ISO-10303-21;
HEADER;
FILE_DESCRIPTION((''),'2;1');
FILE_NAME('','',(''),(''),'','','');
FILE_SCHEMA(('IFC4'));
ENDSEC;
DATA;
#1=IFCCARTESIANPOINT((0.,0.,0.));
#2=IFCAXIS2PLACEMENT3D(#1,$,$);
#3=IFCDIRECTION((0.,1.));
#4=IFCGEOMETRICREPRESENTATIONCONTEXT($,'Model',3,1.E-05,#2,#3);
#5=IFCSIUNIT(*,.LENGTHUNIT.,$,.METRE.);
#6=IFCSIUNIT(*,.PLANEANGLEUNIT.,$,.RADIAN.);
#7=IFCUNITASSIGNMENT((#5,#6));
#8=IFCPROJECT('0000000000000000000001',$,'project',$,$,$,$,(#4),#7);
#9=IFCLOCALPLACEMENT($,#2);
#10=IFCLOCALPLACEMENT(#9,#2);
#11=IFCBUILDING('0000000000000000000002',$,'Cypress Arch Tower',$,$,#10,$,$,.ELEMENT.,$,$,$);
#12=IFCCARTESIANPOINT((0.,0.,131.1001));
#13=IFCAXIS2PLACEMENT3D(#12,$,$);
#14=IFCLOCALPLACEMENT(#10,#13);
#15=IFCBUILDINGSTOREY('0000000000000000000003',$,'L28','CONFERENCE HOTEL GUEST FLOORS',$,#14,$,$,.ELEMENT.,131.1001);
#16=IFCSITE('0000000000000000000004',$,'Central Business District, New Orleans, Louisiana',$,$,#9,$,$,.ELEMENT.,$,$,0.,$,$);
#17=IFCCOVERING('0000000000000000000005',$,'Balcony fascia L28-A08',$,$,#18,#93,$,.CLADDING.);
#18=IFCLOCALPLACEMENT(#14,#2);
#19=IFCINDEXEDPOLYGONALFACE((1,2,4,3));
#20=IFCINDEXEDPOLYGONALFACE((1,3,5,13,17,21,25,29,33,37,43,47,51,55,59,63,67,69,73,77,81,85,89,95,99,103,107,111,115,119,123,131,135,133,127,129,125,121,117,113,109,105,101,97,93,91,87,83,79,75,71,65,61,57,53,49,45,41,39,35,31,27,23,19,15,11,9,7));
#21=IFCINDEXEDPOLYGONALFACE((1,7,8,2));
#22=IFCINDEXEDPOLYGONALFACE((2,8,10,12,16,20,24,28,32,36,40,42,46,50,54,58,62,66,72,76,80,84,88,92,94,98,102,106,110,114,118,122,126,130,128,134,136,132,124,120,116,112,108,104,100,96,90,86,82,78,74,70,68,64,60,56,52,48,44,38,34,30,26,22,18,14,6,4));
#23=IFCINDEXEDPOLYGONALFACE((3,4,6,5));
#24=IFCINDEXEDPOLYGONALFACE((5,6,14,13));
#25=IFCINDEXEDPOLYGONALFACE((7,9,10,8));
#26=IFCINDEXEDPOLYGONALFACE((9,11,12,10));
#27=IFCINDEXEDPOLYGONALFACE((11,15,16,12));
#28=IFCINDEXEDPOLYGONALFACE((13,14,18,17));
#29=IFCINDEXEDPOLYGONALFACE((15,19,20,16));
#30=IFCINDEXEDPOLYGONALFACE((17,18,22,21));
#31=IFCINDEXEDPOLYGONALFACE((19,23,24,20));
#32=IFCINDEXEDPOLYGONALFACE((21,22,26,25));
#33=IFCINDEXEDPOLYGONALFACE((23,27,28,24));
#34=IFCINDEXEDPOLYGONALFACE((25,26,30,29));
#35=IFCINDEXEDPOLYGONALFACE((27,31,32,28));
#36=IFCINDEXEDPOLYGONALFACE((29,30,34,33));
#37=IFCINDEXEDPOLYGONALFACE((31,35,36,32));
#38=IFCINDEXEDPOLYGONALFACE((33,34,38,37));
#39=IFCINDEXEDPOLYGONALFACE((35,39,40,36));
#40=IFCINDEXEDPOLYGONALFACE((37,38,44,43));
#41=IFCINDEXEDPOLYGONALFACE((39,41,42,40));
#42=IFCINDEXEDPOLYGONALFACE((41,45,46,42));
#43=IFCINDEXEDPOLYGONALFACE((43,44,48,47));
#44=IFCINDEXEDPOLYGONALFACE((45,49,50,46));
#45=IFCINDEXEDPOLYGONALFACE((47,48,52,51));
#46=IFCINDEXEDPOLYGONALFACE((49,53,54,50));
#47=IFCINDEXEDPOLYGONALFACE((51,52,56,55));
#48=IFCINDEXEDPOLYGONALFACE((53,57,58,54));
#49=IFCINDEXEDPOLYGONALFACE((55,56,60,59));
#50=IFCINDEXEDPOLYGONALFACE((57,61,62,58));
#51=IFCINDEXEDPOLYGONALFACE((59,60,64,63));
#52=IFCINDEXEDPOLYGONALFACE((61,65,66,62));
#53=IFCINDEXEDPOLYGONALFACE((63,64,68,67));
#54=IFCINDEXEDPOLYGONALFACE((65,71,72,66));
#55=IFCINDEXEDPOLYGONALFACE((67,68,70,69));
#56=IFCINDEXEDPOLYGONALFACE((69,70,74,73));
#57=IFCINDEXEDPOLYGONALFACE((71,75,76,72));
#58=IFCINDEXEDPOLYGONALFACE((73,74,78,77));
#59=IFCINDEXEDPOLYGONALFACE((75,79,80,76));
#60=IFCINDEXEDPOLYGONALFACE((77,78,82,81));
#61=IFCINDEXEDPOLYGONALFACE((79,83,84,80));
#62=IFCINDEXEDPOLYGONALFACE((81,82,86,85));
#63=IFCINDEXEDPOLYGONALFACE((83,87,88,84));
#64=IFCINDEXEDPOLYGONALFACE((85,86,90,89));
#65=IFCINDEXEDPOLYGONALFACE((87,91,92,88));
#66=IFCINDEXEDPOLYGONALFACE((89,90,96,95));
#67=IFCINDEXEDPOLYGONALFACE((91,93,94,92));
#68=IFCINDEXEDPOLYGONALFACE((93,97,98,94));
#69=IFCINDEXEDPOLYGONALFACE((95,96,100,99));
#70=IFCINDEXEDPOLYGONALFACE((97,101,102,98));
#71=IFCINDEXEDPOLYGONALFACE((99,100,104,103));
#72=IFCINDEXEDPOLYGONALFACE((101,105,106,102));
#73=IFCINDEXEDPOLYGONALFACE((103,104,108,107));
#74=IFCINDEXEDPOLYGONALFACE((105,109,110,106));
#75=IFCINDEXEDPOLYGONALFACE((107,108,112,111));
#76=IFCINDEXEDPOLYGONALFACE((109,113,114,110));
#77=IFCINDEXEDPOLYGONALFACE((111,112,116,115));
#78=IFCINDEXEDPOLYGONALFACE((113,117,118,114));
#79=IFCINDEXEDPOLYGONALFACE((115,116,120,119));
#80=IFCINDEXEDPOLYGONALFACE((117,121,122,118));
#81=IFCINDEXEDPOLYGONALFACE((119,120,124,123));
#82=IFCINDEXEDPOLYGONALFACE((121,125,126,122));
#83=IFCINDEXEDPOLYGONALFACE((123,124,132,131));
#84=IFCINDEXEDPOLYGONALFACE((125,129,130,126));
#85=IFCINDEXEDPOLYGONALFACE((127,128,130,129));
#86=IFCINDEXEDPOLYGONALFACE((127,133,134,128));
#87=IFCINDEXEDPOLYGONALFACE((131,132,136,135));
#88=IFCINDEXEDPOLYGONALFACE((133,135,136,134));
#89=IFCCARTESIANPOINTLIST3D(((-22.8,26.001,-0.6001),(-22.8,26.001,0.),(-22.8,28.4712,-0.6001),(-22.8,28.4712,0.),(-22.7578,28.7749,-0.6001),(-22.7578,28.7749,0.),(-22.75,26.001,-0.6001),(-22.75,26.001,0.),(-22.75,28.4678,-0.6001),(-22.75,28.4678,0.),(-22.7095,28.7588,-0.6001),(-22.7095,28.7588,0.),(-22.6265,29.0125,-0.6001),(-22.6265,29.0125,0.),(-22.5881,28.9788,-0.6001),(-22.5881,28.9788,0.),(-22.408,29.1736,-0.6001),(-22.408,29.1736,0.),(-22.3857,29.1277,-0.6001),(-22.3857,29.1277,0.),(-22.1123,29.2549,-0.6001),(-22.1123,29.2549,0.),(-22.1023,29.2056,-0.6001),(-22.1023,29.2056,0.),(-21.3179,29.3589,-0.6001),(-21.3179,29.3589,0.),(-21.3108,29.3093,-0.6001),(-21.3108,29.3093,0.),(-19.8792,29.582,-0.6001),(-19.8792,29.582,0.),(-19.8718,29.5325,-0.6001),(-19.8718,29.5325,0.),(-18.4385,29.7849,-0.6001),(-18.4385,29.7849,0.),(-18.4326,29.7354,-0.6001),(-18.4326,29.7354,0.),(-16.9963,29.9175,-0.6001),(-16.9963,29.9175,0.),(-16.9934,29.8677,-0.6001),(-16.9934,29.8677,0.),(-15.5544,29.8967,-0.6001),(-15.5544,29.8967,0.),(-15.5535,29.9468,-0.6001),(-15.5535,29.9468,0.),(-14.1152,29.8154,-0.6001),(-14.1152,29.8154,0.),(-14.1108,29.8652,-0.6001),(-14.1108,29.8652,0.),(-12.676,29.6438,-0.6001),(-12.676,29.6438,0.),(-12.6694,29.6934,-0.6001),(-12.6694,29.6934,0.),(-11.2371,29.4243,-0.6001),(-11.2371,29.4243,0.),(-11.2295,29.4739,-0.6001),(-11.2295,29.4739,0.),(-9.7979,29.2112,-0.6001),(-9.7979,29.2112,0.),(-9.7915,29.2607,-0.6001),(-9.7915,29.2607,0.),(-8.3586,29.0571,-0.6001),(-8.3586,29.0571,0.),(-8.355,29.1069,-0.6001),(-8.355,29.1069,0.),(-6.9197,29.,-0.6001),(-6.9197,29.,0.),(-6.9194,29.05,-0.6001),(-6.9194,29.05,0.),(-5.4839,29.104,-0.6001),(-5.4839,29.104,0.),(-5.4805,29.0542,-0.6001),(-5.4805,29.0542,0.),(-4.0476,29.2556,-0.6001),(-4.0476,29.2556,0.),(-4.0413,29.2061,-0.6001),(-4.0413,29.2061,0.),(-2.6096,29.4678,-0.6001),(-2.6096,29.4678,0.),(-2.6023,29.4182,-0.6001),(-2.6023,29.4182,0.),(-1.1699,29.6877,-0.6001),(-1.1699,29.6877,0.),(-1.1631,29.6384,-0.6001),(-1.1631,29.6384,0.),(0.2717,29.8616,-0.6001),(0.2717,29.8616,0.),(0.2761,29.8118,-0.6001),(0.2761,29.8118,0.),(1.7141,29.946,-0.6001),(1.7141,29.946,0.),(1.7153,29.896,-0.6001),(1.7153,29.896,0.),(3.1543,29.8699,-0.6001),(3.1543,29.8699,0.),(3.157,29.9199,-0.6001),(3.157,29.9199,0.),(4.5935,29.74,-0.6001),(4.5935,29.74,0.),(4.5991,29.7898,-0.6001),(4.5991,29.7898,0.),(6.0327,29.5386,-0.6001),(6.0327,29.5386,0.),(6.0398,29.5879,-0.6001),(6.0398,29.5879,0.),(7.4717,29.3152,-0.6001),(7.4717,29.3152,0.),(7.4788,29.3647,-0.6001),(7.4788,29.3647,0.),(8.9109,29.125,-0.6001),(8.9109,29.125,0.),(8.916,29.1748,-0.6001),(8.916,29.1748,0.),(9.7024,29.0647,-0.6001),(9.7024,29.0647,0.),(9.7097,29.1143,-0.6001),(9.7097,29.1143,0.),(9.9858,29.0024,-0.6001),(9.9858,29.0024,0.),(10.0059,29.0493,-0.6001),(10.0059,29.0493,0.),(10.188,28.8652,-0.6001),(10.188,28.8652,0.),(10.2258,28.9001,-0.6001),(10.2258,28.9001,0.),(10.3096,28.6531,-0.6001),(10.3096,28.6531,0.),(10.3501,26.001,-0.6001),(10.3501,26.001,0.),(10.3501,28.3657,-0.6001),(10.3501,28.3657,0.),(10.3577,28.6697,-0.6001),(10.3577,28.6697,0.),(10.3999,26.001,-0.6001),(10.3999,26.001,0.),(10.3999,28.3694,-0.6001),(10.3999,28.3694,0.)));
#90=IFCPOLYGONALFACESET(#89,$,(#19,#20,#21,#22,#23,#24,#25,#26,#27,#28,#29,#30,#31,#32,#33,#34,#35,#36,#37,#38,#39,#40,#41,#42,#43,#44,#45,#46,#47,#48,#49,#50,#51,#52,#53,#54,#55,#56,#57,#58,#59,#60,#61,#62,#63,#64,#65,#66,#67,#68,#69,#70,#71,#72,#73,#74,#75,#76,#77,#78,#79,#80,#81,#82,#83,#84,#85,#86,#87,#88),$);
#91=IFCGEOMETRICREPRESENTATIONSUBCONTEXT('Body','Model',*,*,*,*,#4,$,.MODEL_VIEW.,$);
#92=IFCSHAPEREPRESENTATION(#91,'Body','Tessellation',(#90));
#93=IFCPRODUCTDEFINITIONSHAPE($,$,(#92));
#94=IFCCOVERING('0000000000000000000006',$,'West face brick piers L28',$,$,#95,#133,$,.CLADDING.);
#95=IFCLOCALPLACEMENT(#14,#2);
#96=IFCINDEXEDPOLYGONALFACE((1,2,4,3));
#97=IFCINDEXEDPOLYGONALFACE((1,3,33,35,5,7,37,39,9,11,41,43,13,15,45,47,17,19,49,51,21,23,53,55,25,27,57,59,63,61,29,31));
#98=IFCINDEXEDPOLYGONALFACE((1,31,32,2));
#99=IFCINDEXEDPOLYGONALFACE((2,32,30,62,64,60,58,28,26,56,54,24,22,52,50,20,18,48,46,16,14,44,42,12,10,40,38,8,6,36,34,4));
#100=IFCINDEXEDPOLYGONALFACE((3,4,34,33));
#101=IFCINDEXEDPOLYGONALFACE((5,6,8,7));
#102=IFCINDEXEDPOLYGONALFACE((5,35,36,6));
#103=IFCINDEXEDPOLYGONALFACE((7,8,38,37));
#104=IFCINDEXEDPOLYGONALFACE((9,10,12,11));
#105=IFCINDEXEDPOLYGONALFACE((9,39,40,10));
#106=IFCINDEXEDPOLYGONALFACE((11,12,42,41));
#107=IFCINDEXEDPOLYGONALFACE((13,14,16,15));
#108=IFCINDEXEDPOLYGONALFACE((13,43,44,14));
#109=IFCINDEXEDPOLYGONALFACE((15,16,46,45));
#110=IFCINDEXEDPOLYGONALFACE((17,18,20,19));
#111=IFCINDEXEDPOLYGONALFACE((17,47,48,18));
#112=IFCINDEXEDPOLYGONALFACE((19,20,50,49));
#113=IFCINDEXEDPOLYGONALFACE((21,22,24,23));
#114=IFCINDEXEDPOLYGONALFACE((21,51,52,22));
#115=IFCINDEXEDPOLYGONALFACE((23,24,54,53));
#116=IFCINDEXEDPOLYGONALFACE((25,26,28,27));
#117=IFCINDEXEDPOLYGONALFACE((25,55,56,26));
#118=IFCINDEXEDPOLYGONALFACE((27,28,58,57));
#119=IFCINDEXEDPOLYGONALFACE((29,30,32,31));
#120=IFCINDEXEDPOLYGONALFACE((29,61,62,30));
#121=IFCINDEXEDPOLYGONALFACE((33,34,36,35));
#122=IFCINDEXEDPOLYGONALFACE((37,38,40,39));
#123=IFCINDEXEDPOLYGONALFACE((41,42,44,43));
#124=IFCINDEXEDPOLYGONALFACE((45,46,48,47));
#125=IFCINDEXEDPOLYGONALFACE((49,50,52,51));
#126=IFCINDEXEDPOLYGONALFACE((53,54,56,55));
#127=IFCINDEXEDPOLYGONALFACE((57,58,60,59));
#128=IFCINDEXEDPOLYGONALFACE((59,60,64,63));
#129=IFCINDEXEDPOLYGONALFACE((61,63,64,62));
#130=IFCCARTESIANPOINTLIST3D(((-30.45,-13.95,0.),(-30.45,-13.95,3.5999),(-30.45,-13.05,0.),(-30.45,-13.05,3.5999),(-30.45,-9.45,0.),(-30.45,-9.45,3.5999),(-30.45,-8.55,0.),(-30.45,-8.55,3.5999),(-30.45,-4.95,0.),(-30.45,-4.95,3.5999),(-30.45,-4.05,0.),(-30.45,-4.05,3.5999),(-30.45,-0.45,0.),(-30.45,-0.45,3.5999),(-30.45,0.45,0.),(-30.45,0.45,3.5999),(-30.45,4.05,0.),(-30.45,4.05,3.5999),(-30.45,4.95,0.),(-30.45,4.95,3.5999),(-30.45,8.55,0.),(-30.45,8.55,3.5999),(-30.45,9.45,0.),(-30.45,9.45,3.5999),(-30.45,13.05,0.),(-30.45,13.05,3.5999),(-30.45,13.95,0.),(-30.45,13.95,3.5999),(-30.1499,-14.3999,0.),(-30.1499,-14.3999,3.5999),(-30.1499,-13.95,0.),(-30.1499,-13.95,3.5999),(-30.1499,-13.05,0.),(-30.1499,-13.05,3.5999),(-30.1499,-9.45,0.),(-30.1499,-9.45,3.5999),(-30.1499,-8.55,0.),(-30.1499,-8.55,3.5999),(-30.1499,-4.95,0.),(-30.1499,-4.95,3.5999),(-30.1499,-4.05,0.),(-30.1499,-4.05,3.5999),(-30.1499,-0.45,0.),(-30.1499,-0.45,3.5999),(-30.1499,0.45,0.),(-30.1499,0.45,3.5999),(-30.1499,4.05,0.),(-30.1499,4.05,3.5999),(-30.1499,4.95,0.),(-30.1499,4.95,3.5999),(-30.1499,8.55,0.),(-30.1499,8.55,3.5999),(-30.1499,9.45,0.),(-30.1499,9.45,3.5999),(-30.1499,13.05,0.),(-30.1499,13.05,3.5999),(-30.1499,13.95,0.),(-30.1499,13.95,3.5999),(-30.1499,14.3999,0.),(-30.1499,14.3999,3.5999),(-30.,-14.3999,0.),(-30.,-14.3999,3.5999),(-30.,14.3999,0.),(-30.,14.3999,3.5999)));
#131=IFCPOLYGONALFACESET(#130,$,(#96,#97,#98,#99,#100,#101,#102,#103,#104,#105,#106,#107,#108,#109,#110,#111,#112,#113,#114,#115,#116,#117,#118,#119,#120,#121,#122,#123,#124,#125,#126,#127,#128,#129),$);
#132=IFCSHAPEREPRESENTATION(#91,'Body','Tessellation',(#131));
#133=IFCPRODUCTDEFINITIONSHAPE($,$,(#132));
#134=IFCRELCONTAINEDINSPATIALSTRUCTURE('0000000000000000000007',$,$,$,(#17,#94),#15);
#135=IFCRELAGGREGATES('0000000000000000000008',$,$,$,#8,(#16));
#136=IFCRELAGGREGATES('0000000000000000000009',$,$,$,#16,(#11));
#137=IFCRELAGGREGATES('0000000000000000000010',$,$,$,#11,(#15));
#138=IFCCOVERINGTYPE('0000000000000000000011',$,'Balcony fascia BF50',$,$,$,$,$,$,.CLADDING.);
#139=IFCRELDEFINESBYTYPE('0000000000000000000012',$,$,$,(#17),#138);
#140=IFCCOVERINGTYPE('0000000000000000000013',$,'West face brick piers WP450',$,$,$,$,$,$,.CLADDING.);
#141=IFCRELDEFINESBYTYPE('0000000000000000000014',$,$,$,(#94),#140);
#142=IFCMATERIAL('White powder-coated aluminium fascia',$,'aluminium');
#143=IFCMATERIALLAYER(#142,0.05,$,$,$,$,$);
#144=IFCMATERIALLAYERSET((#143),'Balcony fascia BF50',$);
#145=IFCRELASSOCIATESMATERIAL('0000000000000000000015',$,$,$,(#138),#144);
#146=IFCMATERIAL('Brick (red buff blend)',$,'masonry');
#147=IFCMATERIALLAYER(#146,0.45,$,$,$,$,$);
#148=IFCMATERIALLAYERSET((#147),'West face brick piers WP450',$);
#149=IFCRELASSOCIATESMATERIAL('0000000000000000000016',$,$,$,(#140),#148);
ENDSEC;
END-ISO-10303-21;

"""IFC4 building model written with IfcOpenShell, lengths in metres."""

from ifc_helpers import new_model, si_unit, direction, frame, origin, place, context, subcontext, project, spatial, polyline, outline, extrude, material, layer, layer_set, type_object, element, save


model = new_model("IFC4")

# Units and contexts
model_context = context("Model", 3, precision=1e-05, world=origin(), true_north=direction((0.0, 1.0)))
body_context = subcontext(model_context, "Body", "Model", "MODEL_VIEW")
ifc_project = project(units=[si_unit("LENGTHUNIT", "METRE"), si_unit("PLANEANGLEUNIT", "RADIAN")], contexts=[model_context])

# Site, building, storey
site_placement = place(None, origin())
site = spatial("IfcSite", under=ifc_project, at=site_placement, Name="Central Business District, New Orleans, Louisiana", CompositionType="ELEMENT", RefElevation=0.0)
building_placement = place(site_placement, origin())
building = spatial("IfcBuilding", under=site, at=building_placement, Name="Cypress Arch Tower", CompositionType="ELEMENT")
storey_placement = place(building_placement, frame((0.0, 0.0, 131.1001)))
storey = spatial("IfcBuildingStorey", under=building, at=storey_placement, Name="L28", Description="CONFERENCE HOTEL GUEST FLOORS", CompositionType="ELEMENT", Elevation=131.1001)

# Coverings
ifc_material_1 = material(Name="White powder-coated aluminium fascia", Category="aluminium")
ifc_layer_1 = layer(ifc_material_1, 0.05)
ifc_layer_set_1 = layer_set([ifc_layer_1], Name="Balcony fascia BF50")
covering_type_1 = type_object("IfcCoveringType", Name="Balcony fascia BF50", PredefinedType="CLADDING", material=ifc_layer_set_1)
covering_1_placement = place(storey_placement, frame((0.0, 0.0, -0.6001)))
element("IfcCovering", 1, at=covering_1_placement, inside=storey, type_object=covering_type_1, Name="Balcony fascia L28-A08", PredefinedType="CLADDING", context=body_context, shape_type="SweptSolid", body=[
    extrude(outline(polyline([(-22.8, 28.4712), (-22.7578, 28.7749), (-22.6265, 29.0125), (-22.408, 29.1736), (-22.1123, 29.2549), (-21.3179, 29.3589), (-19.8792, 29.582), (-18.4385, 29.7849), (-16.9963, 29.9175), (-15.5535, 29.9468), (-14.1108, 29.8652), (-12.6694, 29.6934), (-11.2295, 29.4739), (-9.7915, 29.2607), (-8.355, 29.1069), (-6.9194, 29.05), (-5.4839, 29.104), (-4.0476, 29.2556), (-2.6096, 29.4678), (-1.1699, 29.6877), (0.2717, 29.8616), (1.7141, 29.946), (3.157, 29.9199), (4.5991, 29.7898), (6.0398, 29.5879), (7.4788, 29.3647), (8.916, 29.1748), (9.7097, 29.1143), (10.0059, 29.0493), (10.2258, 28.9001), (10.3577, 28.6697), (10.3999, 28.3694), (10.3999, 26.001), (10.3501, 26.001), (10.3501, 28.3657), (10.3096, 28.6531), (10.188, 28.8652), (9.9858, 29.0024), (9.7024, 29.0647), (8.9109, 29.125), (7.4717, 29.3152), (6.0327, 29.5386), (4.5935, 29.74), (3.1543, 29.8699), (1.7153, 29.896), (0.2761, 29.8118), (-1.1631, 29.6384), (-2.6023, 29.4182), (-4.0413, 29.2061), (-5.4805, 29.0542), (-6.9197, 29.0), (-8.3586, 29.0571), (-9.7979, 29.2112), (-11.2371, 29.4243), (-12.676, 29.6438), (-14.1152, 29.8154), (-15.5544, 29.8967), (-16.9934, 29.8677), (-18.4326, 29.7354), (-19.8718, 29.5325), (-21.3108, 29.3093), (-22.1023, 29.2056), (-22.3857, 29.1277), (-22.5881, 28.9788), (-22.7095, 28.7588), (-22.75, 28.4678), (-22.75, 26.001), (-22.8, 26.001), (-22.8, 28.4712)])), origin(), (0.0, 0.0, 1.0), 0.6001),
])
ifc_material_2 = material(Name="Brick (red buff blend)", Category="masonry")
ifc_layer_2 = layer(ifc_material_2, 0.45)
ifc_layer_set_2 = layer_set([ifc_layer_2], Name="West face brick piers WP450")
covering_type_2 = type_object("IfcCoveringType", Name="West face brick piers WP450", PredefinedType="CLADDING", material=ifc_layer_set_2)
covering_2_placement = place(storey_placement, origin())
element("IfcCovering", 2, at=covering_2_placement, inside=storey, type_object=covering_type_2, Name="West face brick piers L28", PredefinedType="CLADDING", context=body_context, shape_type="SweptSolid", body=[
    extrude(outline(polyline([(-30.1499, -13.05), (-30.1499, -9.45), (-30.45, -9.45), (-30.45, -8.55), (-30.1499, -8.55), (-30.1499, -4.95), (-30.45, -4.95), (-30.45, -4.05), (-30.1499, -4.05), (-30.1499, -0.45), (-30.45, -0.45), (-30.45, 0.45), (-30.1499, 0.45), (-30.1499, 4.05), (-30.45, 4.05), (-30.45, 4.95), (-30.1499, 4.95), (-30.1499, 8.55), (-30.45, 8.55), (-30.45, 9.45), (-30.1499, 9.45), (-30.1499, 13.05), (-30.45, 13.05), (-30.45, 13.95), (-30.1499, 13.95), (-30.1499, 14.3999), (-30.0, 14.3999), (-30.0, -14.3999), (-30.1499, -14.3999), (-30.1499, -13.95), (-30.45, -13.95), (-30.45, -13.05), (-30.1499, -13.05)])), origin(), (0.0, 0.0, 1.0), 3.5999),
])

save(model, "model.ifc")
